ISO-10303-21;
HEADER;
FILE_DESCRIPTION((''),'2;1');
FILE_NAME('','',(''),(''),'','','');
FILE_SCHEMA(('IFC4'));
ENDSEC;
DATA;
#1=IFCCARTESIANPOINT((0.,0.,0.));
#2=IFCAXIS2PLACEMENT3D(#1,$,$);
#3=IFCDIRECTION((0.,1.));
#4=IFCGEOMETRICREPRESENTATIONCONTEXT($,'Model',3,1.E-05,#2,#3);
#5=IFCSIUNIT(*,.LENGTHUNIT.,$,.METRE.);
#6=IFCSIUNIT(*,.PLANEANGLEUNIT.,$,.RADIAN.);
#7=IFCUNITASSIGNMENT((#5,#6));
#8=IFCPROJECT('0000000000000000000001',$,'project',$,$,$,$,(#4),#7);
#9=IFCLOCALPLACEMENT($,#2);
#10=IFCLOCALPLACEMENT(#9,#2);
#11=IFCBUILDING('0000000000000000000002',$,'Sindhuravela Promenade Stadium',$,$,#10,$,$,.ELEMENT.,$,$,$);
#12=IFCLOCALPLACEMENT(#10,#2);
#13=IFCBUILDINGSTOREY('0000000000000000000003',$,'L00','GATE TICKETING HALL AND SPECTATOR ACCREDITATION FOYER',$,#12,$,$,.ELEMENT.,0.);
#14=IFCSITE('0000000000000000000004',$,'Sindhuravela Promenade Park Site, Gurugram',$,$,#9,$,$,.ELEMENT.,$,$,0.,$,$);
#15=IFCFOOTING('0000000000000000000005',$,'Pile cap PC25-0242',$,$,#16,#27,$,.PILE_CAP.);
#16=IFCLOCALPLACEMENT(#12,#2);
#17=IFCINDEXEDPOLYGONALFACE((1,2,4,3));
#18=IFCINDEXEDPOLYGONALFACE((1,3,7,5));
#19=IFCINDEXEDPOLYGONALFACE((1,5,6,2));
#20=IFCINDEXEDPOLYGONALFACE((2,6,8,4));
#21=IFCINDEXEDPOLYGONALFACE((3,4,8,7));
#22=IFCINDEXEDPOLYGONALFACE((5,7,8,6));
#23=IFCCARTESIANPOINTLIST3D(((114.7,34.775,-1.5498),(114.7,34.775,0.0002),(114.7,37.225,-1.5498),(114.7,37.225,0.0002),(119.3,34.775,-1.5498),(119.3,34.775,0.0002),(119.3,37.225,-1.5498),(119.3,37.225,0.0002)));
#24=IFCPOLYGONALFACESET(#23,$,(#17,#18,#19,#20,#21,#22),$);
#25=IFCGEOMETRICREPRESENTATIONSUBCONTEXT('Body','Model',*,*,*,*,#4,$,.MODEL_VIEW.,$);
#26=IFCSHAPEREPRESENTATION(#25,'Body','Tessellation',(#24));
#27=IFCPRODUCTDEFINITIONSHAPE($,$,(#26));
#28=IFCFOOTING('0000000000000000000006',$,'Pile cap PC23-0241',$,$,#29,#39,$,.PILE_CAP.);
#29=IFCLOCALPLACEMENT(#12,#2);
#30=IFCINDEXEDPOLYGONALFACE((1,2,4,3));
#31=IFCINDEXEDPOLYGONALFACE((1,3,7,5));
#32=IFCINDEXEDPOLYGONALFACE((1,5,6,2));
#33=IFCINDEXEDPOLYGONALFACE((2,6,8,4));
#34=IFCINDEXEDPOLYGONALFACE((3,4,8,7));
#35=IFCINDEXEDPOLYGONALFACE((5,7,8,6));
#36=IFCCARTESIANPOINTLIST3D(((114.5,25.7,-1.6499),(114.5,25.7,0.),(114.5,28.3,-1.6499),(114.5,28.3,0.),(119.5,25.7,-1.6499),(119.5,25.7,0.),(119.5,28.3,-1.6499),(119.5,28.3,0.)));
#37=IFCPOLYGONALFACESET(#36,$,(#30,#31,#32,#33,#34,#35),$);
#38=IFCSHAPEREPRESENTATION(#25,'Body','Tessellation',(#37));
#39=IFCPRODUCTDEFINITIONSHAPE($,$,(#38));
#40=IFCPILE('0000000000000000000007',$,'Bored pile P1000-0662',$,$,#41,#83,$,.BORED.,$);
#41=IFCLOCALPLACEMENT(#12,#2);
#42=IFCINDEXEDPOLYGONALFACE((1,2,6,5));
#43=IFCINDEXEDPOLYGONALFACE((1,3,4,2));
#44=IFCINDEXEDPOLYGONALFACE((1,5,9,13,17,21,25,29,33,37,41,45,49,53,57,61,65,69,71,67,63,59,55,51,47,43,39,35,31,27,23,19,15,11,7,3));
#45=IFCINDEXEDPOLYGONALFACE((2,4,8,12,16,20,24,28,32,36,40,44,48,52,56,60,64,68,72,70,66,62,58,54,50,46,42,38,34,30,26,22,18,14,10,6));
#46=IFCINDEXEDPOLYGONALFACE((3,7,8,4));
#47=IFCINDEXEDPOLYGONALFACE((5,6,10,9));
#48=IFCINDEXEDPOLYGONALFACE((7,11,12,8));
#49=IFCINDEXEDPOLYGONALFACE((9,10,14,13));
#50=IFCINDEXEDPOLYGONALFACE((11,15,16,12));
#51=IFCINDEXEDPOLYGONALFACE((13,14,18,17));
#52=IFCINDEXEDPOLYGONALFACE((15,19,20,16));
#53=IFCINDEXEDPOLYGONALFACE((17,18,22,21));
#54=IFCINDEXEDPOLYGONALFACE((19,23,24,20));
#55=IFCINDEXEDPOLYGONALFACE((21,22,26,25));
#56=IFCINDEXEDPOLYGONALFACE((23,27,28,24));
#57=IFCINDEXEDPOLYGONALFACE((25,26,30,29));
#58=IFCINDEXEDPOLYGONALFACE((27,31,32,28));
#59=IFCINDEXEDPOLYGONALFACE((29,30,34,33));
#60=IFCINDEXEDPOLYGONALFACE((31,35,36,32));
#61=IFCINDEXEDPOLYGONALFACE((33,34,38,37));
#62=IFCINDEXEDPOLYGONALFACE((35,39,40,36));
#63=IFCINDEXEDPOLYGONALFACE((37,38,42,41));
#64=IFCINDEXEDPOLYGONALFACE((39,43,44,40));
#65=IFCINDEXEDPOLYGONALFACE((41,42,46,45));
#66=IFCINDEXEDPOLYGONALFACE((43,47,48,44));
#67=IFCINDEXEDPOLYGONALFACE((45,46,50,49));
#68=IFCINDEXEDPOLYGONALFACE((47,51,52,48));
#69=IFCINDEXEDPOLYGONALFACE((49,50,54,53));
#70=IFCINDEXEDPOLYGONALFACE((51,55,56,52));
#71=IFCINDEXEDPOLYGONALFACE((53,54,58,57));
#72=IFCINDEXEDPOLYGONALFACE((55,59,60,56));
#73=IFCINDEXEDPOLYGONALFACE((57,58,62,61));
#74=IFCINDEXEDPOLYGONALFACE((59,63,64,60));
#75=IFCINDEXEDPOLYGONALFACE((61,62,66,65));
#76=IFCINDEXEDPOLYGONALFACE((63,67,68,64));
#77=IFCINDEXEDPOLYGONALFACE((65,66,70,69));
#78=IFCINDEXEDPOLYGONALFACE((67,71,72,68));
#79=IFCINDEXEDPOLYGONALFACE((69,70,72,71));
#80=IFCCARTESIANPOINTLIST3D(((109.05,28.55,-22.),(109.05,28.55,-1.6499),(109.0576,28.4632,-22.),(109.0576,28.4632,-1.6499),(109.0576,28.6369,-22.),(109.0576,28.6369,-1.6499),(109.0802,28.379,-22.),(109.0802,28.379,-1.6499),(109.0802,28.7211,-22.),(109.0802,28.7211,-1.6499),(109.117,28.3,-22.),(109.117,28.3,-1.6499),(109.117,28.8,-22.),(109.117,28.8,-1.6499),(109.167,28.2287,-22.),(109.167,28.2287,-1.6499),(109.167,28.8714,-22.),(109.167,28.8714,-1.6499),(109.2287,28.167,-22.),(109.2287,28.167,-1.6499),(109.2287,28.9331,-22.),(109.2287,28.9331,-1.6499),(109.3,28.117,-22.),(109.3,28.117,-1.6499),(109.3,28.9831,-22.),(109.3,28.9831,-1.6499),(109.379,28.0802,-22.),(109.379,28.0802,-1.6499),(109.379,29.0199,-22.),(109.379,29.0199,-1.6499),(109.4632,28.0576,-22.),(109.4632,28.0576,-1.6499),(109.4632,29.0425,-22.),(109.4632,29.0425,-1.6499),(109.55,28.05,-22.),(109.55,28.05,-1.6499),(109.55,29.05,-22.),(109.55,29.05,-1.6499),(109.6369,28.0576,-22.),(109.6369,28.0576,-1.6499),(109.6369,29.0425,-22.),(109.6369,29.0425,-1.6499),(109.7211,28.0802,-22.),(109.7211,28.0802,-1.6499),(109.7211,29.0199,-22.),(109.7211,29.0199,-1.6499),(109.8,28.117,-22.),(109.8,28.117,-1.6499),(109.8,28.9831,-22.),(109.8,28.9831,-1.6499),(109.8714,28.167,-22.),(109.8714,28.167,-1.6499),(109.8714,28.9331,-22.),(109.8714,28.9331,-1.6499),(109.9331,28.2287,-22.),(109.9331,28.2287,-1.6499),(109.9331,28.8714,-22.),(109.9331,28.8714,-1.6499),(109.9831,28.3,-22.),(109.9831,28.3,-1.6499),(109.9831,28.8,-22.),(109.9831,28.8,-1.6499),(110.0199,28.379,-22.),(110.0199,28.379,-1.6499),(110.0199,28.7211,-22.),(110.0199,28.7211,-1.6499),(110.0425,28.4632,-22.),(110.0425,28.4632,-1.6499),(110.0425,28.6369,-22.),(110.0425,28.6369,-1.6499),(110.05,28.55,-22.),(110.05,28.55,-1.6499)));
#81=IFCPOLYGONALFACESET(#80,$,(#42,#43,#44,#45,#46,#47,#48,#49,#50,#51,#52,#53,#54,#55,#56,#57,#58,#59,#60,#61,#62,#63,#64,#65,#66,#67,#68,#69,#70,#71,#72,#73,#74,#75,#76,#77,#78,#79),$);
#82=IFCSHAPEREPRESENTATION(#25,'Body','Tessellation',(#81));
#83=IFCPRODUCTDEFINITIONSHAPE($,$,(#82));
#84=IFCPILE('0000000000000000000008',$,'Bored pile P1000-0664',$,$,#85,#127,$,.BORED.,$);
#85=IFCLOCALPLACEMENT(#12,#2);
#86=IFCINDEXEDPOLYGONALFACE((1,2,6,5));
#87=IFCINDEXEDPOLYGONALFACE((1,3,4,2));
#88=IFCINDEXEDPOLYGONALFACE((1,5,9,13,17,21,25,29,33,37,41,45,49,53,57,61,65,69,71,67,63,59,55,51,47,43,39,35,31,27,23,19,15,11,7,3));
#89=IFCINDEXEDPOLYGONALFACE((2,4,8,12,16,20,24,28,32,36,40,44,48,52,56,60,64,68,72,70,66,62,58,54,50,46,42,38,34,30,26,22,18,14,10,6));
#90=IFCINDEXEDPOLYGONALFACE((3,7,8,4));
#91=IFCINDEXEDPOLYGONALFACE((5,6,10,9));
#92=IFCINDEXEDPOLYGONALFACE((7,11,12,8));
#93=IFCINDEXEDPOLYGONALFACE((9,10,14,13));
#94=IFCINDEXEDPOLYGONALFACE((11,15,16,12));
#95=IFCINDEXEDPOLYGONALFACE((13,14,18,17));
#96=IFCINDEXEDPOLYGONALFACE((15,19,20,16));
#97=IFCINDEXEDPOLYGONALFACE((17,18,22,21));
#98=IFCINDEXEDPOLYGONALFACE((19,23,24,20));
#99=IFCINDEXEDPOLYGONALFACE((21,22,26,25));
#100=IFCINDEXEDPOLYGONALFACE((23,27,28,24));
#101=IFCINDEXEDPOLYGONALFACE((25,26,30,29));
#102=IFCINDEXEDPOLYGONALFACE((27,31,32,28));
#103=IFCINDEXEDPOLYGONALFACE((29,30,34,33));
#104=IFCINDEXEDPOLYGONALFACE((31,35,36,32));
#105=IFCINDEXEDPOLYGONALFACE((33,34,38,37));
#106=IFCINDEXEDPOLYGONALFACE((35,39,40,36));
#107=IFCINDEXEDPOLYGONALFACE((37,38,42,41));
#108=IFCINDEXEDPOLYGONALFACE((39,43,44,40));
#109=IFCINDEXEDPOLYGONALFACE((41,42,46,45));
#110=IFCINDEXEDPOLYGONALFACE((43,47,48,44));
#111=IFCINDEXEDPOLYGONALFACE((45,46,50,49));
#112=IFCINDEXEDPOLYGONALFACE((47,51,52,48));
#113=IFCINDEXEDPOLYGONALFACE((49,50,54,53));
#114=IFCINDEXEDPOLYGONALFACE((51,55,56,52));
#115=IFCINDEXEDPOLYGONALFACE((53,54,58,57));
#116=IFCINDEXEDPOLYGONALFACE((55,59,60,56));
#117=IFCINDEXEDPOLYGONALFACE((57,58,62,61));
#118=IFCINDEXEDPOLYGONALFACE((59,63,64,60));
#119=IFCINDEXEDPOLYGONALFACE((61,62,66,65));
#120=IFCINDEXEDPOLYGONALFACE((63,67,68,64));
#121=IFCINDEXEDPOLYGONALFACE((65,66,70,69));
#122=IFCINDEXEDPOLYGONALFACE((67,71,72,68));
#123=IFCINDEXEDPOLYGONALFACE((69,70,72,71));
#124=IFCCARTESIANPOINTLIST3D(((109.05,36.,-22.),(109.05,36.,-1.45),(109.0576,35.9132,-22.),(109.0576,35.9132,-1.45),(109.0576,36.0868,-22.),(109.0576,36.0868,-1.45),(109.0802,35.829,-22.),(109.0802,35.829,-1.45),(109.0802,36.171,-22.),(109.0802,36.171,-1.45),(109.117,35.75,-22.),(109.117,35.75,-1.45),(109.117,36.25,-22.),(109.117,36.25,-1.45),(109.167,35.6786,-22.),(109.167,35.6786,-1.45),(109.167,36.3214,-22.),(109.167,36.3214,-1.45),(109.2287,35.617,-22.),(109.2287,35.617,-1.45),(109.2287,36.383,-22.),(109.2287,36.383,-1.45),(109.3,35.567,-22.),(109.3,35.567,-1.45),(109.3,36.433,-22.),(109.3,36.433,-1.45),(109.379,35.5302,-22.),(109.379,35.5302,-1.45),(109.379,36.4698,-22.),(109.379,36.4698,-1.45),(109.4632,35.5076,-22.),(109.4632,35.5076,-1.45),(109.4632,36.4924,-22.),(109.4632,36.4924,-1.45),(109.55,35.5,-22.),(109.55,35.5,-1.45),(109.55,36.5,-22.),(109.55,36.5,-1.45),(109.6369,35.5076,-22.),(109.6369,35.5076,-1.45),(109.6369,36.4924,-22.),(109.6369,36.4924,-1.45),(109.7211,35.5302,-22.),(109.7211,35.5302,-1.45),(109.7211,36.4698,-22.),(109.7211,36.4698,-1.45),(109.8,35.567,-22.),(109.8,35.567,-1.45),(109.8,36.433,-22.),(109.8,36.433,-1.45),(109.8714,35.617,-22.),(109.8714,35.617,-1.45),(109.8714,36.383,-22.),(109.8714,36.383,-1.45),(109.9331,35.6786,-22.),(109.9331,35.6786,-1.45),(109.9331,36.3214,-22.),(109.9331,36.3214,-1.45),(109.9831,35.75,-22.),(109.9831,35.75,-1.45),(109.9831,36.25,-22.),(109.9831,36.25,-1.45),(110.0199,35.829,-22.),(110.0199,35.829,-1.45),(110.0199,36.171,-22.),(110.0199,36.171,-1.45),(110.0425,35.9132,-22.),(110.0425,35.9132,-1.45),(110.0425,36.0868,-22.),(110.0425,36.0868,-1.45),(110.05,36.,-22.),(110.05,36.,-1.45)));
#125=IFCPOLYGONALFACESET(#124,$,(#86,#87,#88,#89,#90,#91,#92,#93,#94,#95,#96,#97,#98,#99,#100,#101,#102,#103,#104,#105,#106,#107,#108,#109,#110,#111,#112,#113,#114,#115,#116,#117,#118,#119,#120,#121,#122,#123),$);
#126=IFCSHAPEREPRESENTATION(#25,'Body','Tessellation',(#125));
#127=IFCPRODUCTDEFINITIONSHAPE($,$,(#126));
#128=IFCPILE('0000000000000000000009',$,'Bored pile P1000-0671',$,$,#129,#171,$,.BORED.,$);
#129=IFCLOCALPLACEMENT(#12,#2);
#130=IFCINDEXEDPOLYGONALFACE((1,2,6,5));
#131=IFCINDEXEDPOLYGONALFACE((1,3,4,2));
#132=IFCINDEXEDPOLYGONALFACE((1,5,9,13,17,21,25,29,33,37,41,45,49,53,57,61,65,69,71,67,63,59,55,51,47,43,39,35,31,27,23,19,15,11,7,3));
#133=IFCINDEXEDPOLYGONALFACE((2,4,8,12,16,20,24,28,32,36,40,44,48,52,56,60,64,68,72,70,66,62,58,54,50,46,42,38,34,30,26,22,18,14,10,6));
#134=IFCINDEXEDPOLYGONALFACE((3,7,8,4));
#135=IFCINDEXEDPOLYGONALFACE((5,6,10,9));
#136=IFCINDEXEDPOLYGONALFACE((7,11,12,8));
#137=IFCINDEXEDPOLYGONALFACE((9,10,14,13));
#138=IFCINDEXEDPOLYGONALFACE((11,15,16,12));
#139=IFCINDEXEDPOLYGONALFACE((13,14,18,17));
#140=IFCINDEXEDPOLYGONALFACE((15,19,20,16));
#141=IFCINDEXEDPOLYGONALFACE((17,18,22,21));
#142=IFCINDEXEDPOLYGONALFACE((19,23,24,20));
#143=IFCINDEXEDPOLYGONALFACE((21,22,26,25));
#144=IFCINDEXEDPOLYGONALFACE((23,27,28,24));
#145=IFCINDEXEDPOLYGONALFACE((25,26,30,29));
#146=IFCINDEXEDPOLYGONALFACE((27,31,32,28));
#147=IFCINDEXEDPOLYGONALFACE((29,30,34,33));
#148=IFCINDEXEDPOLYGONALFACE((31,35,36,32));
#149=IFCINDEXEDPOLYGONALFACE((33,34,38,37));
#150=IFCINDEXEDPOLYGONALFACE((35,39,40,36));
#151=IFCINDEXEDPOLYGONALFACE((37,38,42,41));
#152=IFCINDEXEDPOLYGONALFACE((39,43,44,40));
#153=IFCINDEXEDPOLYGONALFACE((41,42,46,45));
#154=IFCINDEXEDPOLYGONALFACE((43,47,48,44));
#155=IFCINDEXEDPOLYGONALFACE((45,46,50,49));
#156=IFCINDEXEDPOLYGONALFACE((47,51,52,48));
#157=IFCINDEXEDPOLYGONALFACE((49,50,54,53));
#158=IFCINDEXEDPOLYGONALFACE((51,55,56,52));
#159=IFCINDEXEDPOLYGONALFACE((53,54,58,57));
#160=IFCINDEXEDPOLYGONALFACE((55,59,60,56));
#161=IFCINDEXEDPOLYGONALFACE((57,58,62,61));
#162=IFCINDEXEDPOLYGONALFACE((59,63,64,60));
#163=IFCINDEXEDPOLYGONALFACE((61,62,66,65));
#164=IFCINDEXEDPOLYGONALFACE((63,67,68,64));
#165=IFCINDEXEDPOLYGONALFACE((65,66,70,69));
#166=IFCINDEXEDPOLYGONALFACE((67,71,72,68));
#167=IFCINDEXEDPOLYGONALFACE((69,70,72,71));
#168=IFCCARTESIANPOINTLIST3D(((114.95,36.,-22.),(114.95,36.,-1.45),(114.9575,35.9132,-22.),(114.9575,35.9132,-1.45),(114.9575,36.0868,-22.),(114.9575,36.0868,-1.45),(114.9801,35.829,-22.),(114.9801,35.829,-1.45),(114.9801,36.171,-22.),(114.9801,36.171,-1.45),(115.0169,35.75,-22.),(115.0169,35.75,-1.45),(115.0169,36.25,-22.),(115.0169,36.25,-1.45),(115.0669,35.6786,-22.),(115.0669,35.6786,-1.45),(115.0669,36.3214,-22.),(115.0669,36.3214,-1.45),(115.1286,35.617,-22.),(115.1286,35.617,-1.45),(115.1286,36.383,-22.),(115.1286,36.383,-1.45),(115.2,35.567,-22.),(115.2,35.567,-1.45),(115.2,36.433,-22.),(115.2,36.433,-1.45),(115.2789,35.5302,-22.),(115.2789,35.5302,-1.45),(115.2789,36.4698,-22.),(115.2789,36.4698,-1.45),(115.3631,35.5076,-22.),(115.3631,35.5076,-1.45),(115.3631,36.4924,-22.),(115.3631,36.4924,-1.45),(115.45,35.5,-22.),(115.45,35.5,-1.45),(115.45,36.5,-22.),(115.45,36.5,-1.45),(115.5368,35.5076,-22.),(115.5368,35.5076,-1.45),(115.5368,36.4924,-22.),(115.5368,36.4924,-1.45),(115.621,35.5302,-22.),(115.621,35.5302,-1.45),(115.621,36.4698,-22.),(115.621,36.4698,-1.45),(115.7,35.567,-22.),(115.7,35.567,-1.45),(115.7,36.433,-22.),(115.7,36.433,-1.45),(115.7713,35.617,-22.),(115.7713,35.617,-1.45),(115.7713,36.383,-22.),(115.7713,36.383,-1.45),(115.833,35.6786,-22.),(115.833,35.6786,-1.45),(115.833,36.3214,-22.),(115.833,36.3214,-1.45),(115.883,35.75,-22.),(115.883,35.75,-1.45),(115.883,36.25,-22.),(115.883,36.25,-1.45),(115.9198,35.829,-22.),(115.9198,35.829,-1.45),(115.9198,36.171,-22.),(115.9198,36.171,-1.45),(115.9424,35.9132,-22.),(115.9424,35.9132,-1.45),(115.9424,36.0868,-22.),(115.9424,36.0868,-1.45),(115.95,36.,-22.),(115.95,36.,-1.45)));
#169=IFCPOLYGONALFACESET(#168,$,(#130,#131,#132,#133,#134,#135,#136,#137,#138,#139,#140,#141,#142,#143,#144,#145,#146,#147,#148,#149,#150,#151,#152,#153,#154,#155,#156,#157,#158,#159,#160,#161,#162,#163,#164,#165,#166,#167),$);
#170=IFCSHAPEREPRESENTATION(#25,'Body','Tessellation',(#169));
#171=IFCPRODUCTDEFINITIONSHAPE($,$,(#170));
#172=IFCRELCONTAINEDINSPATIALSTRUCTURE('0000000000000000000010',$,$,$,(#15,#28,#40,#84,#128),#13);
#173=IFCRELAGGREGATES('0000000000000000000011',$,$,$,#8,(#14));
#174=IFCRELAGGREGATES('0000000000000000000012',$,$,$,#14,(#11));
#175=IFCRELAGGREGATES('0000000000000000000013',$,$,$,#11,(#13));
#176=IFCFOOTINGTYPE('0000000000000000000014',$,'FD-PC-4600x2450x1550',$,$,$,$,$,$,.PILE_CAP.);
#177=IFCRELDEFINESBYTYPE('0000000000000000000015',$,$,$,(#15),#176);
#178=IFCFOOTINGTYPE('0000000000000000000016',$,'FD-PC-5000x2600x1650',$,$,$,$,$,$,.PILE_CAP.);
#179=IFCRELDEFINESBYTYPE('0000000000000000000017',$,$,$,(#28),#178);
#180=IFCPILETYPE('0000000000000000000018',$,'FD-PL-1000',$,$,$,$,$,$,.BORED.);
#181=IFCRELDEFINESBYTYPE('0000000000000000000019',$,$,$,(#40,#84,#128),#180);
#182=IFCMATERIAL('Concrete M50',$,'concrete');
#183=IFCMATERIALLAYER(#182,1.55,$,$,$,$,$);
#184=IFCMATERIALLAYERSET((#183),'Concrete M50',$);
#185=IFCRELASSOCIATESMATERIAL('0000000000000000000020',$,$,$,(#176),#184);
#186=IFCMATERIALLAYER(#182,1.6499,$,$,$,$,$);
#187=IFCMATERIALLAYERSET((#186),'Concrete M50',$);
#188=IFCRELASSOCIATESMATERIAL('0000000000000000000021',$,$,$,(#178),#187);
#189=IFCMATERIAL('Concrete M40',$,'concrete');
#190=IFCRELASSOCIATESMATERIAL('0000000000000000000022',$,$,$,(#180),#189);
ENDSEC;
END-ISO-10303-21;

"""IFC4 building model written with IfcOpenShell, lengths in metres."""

from ifc_helpers import new_model, si_unit, direction, frame, origin, origin_2d, place, context, subcontext, project, spatial, rectangle, circle, extrude, material, layer, layer_set, material_profile, profile_set, type_object, element, save


model = new_model("IFC4")

# Units and contexts
model_context = context("Model", 3, precision=1e-05, world=origin(), true_north=direction((0.0, 1.0)))
body_context = subcontext(model_context, "Body", "Model", "MODEL_VIEW")
ifc_project = project(units=[si_unit("LENGTHUNIT", "METRE"), si_unit("PLANEANGLEUNIT", "RADIAN")], contexts=[model_context])

# Site, building, storey
site_placement = place(None, origin())
site = spatial("IfcSite", under=ifc_project, at=site_placement, Name="Sindhuravela Promenade Park Site, Gurugram", CompositionType="ELEMENT", RefElevation=0.0)
building_placement = place(site_placement, origin())
building = spatial("IfcBuilding", under=site, at=building_placement, Name="Sindhuravela Promenade Stadium", CompositionType="ELEMENT")
storey_placement = place(building_placement, origin())
storey = spatial("IfcBuildingStorey", under=building, at=storey_placement, Name="L00", Description="GATE TICKETING HALL AND SPECTATOR ACCREDITATION FOYER", CompositionType="ELEMENT", Elevation=0.0)

# Footings
ifc_material_1 = material(Name="Concrete M50", Category="concrete")
ifc_layer_1 = layer(ifc_material_1, 1.55)
ifc_layer_set_1 = layer_set([ifc_layer_1], Name="Concrete M50")
footing_type_1 = type_object("IfcFootingType", Name="FD-PC-4600x2450x1550", PredefinedType="PILE_CAP", material=ifc_layer_set_1)
footing_1_placement = place(storey_placement, frame((117.0, 36.0, -1.5498), z_axis=(0.0, 0.0, 1.0), x_axis=(1.0, 0.0, 0.0)))
element("IfcFooting", 1, at=footing_1_placement, inside=storey, type_object=footing_type_1, Name="Pile cap PC25-0242", PredefinedType="PILE_CAP", context=body_context, shape_type="SweptSolid", body=[
    extrude(rectangle(XDim=4.6001, YDim=2.45, at=origin_2d()), origin(), (0.0, 0.0, 1.0), 1.55),
])
ifc_layer_2 = layer(ifc_material_1, 1.6499)
ifc_layer_set_2 = layer_set([ifc_layer_2], Name="Concrete M50")
footing_type_2 = type_object("IfcFootingType", Name="FD-PC-5000x2600x1650", PredefinedType="PILE_CAP", material=ifc_layer_set_2)
footing_2_placement = place(storey_placement, frame((117.0, 27.0, -1.6499), z_axis=(0.0, 0.0, 1.0), x_axis=(1.0, 0.0, 0.0)))
element("IfcFooting", 2, at=footing_2_placement, inside=storey, type_object=footing_type_2, Name="Pile cap PC23-0241", PredefinedType="PILE_CAP", context=body_context, shape_type="SweptSolid", body=[
    extrude(rectangle(XDim=5.0, YDim=2.6001, at=origin_2d()), origin(), (0.0, 0.0, 1.0), 1.6499),
])

# Piles
ifc_material_2 = material(Name="Concrete M40", Category="concrete")
ifc_material_profile_1 = material_profile(ifc_material_2, circle(Radius=0.5, at=origin_2d()), Name="BORED PILE D1000")
ifc_profile_set_1 = profile_set([ifc_material_profile_1], Name="Concrete M40")
pile_type_1 = type_object("IfcPileType", Name="FD-PL-1000", PredefinedType="BORED", material=ifc_profile_set_1)
pile_1_placement = place(storey_placement, frame((109.55, 28.55, -1.6499), z_axis=(0.0, 0.0, -1.0), x_axis=(1.0, 0.0, 0.0)))
element("IfcPile", 3, at=pile_1_placement, inside=storey, type_object=pile_type_1, Name="Bored pile P1000-0662", PredefinedType="BORED", context=body_context, shape_type="SweptSolid", body=[
    extrude(circle(Radius=0.5, at=origin_2d()), origin(), (0.0, 0.0, 1.0), 20.3501),
])
for number, where, z_axis, x_axis, name in (
    (4, (109.55, 36.0, -1.45), (0.0, 0.0, -1.0), (1.0, 0.0, 0.0), "Bored pile P1000-0664"),
    (5, (115.45, 36.0, -1.45), (0.0, 0.0, -1.0), (1.0, 0.0, 0.0), "Bored pile P1000-0671"),
):
    element("IfcPile", number, at=place(storey_placement, frame(where, z_axis=z_axis, x_axis=x_axis)), inside=storey, type_object=pile_type_1, Name=name, PredefinedType="BORED", context=body_context, shape_type="SweptSolid", body=[
        extrude(circle(Radius=0.5, at=origin_2d()), origin(), (0.0, 0.0, 1.0), 20.55),
    ])

save(model, "model.ifc")
